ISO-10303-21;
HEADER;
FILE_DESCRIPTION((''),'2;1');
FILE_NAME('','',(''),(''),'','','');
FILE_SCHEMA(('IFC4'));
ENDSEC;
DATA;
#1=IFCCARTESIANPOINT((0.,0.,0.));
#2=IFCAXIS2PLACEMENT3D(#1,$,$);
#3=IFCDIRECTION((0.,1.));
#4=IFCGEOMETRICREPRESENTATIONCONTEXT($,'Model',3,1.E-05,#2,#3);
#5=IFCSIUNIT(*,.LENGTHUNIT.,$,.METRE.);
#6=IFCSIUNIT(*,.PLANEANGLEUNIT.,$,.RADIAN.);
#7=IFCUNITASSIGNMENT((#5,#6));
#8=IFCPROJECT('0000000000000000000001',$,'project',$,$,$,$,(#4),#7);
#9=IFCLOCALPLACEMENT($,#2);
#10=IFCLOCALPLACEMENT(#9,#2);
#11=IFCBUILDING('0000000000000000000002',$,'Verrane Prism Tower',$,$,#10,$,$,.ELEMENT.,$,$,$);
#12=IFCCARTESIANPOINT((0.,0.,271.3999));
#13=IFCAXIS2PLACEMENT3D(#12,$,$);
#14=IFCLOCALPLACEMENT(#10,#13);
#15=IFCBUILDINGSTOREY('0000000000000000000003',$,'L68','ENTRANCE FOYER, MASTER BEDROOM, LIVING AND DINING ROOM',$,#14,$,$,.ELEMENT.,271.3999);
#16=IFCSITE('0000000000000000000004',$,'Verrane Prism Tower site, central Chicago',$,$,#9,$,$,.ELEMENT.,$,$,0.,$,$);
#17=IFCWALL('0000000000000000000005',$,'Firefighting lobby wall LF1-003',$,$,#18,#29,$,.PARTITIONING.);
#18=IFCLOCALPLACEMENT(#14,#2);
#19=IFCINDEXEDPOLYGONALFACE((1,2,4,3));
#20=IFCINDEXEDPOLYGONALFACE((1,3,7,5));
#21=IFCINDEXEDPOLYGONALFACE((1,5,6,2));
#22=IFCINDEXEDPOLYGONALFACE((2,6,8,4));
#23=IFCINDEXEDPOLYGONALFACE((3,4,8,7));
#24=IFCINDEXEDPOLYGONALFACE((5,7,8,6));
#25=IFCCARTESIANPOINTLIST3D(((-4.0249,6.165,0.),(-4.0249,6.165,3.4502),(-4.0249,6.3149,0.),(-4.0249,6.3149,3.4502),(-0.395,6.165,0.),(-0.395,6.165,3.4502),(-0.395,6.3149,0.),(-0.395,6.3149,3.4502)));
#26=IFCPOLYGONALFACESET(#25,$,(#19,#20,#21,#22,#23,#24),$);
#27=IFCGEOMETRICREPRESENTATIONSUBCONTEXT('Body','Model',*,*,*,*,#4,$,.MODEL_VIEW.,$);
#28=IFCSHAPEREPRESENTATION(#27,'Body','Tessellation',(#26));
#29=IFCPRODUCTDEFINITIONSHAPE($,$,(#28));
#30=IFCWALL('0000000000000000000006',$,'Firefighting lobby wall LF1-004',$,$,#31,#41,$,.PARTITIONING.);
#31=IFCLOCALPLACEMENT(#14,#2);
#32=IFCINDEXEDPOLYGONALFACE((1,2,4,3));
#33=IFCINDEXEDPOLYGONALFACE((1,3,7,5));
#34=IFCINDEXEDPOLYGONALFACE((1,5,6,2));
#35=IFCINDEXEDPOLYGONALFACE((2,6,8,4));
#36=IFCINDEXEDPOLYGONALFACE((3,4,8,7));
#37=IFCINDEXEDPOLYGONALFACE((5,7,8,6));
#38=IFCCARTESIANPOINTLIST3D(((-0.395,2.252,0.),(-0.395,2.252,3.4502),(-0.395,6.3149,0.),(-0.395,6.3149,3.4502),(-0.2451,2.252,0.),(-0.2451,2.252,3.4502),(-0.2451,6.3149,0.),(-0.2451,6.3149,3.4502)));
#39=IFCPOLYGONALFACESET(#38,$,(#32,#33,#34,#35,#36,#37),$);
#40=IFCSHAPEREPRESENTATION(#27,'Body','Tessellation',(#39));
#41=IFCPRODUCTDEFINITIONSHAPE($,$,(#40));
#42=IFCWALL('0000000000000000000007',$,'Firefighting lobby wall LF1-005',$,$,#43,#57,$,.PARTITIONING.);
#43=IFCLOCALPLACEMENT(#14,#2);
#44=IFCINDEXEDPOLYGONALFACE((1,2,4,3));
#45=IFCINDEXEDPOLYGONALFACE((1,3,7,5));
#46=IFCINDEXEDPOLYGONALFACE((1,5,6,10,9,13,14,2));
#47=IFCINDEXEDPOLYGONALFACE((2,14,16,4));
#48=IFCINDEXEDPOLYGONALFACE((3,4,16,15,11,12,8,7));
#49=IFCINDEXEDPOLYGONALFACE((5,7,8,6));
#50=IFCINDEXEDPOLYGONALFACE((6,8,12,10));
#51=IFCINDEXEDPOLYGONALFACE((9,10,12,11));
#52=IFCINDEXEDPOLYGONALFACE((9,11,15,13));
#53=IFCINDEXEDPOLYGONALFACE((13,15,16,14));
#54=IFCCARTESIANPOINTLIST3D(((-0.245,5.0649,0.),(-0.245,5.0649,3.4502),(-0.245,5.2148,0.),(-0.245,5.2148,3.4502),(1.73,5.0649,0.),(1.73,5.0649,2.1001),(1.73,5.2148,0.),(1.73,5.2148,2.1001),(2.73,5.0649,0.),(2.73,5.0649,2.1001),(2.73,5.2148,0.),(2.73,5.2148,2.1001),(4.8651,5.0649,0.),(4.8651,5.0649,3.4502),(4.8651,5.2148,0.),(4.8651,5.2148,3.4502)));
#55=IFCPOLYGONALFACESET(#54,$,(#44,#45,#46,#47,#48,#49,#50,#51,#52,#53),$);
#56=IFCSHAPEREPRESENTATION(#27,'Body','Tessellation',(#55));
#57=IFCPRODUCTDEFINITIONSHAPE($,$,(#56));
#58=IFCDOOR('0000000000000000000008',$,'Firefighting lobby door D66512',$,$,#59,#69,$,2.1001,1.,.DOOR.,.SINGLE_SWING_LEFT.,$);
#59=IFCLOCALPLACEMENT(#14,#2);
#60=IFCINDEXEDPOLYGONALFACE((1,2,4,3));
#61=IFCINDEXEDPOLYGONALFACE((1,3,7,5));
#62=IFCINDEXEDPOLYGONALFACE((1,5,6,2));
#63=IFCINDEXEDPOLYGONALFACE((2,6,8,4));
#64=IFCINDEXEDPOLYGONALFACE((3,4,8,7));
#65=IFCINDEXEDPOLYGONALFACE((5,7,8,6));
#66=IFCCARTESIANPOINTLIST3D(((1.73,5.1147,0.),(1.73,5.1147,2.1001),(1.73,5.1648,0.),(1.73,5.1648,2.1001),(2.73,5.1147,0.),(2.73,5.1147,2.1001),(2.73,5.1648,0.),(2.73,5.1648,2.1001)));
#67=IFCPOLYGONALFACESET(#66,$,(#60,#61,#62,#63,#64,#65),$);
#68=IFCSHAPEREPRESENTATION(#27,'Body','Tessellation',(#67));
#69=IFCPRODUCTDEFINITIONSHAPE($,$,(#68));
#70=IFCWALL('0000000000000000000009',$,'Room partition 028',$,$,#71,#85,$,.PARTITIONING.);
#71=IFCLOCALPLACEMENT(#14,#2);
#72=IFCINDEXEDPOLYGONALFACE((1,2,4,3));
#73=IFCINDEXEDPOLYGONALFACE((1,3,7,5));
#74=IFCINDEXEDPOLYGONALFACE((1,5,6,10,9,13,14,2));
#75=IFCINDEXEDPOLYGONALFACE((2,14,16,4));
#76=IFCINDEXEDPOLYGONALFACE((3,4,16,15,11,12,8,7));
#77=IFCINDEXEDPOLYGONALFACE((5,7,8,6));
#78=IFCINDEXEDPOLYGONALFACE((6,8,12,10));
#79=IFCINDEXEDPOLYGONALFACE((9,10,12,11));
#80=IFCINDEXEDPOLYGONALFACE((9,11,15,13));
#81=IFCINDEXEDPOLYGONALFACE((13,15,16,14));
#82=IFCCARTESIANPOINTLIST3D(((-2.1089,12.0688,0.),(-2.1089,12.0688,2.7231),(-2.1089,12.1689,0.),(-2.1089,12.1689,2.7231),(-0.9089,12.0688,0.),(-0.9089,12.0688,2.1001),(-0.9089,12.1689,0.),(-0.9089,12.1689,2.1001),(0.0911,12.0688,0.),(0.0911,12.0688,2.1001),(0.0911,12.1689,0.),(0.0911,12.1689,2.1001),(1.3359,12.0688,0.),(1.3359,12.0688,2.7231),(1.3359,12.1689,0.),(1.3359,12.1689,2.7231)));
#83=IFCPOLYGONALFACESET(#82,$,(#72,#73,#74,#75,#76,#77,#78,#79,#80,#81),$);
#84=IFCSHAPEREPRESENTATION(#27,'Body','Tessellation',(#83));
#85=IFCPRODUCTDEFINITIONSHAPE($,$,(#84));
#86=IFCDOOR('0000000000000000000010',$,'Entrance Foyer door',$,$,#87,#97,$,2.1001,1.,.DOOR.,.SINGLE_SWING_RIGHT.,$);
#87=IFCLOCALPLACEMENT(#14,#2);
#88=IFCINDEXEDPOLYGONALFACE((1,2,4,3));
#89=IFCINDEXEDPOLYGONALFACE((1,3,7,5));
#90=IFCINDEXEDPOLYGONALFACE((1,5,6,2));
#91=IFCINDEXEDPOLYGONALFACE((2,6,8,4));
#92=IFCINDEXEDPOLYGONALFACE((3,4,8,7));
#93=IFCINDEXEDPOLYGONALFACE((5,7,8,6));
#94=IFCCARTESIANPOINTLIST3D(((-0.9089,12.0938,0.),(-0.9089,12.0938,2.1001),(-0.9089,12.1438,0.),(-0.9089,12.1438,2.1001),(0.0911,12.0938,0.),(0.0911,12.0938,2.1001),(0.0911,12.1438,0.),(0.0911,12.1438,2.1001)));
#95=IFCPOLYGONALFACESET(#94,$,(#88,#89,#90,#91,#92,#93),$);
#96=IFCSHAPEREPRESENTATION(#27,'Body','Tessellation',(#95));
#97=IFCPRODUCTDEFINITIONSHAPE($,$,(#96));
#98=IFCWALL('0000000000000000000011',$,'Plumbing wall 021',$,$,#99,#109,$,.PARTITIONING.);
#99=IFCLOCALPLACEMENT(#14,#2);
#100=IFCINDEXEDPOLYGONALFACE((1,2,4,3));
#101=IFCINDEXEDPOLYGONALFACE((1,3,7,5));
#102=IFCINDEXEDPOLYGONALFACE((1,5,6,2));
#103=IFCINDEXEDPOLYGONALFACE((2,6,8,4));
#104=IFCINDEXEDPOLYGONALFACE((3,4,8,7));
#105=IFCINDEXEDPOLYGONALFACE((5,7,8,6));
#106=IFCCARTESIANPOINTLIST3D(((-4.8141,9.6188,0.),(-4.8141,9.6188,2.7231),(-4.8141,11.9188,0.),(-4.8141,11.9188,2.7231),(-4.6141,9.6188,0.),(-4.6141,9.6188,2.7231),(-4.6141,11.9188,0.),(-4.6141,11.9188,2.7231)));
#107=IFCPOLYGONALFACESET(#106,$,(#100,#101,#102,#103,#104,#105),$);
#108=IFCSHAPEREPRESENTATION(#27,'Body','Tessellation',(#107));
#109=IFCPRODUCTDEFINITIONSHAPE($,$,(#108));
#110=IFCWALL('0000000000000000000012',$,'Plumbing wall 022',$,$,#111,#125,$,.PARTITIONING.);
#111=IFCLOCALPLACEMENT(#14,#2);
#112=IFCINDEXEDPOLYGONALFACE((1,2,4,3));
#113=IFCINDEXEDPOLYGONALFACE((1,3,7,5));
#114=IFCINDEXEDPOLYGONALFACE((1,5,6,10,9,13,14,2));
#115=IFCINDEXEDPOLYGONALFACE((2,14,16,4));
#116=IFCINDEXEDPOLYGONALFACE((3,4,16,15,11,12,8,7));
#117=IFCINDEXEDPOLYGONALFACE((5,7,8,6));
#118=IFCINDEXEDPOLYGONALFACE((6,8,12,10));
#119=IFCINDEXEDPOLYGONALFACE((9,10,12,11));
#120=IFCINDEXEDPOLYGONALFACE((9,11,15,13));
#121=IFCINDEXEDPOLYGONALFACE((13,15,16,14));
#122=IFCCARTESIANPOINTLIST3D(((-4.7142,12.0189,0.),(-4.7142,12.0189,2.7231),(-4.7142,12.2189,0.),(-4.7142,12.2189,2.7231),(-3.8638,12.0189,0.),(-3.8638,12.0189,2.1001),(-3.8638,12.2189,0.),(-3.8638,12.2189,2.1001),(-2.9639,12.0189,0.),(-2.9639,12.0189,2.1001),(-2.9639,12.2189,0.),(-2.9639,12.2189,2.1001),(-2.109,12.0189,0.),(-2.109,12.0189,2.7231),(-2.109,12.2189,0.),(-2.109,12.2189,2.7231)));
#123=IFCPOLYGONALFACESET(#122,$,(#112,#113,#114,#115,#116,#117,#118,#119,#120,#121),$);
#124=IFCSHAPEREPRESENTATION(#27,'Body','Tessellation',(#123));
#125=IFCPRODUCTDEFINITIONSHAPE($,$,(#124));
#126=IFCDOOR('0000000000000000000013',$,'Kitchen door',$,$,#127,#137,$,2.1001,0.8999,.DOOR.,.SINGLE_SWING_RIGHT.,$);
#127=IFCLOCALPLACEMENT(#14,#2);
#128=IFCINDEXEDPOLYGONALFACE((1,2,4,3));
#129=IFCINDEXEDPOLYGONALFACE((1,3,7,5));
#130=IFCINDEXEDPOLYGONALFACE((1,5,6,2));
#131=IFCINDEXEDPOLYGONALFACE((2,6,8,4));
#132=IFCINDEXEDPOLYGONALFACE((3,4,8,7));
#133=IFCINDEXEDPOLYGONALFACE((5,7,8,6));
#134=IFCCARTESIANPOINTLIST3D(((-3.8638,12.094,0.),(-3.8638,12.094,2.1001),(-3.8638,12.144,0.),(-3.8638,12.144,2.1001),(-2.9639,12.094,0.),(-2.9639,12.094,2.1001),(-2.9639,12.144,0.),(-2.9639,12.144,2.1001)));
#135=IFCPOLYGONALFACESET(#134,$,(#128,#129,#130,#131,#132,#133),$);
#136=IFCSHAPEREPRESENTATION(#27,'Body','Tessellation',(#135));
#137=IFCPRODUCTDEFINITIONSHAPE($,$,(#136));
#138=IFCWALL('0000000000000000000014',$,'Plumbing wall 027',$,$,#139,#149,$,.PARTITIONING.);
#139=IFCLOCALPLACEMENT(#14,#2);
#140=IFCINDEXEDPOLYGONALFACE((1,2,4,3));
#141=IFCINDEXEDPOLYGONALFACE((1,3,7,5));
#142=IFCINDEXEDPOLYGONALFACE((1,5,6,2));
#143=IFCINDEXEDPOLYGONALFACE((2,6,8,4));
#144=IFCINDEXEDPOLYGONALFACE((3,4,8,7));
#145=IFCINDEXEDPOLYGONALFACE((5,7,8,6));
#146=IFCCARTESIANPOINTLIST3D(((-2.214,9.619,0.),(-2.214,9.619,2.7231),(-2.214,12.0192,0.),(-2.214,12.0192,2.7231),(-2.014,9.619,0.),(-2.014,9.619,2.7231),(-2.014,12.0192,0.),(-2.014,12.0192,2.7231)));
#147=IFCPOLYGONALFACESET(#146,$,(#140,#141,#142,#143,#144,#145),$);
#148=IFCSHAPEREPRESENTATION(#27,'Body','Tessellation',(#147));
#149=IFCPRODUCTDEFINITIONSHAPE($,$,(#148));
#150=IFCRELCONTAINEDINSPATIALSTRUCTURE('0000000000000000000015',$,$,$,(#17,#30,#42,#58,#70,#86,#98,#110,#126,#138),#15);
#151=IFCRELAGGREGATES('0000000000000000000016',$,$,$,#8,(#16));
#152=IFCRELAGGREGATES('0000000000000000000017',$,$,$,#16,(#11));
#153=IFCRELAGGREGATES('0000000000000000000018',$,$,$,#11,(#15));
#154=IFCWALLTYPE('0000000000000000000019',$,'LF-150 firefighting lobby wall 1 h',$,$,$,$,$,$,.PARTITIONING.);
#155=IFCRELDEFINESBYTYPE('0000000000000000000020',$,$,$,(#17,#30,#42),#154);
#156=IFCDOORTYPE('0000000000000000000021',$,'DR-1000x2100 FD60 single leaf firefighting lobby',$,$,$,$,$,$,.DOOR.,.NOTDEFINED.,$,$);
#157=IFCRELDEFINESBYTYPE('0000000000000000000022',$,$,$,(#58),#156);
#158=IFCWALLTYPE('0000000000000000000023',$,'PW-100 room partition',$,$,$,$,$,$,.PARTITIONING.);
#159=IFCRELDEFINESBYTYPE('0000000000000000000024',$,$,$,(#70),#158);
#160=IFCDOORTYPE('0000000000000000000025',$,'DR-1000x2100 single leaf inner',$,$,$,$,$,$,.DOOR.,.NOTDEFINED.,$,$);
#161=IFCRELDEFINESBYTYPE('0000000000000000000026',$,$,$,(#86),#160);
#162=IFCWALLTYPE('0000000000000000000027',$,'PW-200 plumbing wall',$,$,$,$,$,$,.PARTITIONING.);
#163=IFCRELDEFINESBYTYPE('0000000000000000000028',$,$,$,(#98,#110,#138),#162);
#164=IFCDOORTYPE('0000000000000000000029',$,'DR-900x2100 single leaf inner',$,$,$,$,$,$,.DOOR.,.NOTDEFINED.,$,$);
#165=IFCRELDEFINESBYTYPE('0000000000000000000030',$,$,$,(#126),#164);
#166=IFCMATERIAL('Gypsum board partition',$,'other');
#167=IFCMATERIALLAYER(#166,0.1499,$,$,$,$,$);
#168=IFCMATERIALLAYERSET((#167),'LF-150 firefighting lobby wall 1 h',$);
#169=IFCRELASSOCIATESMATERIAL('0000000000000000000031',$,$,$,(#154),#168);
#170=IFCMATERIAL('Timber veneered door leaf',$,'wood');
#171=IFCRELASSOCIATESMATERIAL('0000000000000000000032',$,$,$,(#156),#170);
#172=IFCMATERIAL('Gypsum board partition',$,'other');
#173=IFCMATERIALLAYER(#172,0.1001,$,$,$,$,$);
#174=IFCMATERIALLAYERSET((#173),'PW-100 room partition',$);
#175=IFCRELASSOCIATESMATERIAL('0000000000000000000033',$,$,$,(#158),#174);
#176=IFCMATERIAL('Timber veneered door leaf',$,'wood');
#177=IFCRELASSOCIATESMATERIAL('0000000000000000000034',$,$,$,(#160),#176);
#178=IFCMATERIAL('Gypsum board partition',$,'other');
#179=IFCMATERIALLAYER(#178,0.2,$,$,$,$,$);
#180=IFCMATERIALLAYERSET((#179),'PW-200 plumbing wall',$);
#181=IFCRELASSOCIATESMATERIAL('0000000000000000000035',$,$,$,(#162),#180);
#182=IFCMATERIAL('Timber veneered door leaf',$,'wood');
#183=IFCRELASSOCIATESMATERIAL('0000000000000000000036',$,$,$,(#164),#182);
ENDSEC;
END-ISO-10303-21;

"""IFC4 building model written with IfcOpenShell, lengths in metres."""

from ifc_helpers import new_model, si_unit, direction, frame, frame_2d, origin, place, context, subcontext, project, spatial, rectangle, extrude, material, layer, layer_set, type_object, element, fill, save


model = new_model("IFC4")

# Units and contexts
model_context = context("Model", 3, precision=1e-05, world=origin(), true_north=direction((0.0, 1.0)))
body_context = subcontext(model_context, "Body", "Model", "MODEL_VIEW")
ifc_project = project(units=[si_unit("LENGTHUNIT", "METRE"), si_unit("PLANEANGLEUNIT", "RADIAN")], contexts=[model_context])

# Site, building, storey
site_placement = place(None, origin())
site = spatial("IfcSite", under=ifc_project, at=site_placement, Name="Verrane Prism Tower site, central Chicago", CompositionType="ELEMENT", RefElevation=0.0)
building_placement = place(site_placement, origin())
building = spatial("IfcBuilding", under=site, at=building_placement, Name="Verrane Prism Tower", CompositionType="ELEMENT")
storey_placement = place(building_placement, frame((0.0, 0.0, 271.3999)))
storey = spatial("IfcBuildingStorey", under=building, at=storey_placement, Name="L68", Description="ENTRANCE FOYER, MASTER BEDROOM, LIVING AND DINING ROOM", CompositionType="ELEMENT", Elevation=271.3999)

# Walls
ifc_material_1 = material(Name="Gypsum board partition", Category="other")
ifc_layer_1 = layer(ifc_material_1, 0.1499)
ifc_layer_set_1 = layer_set([ifc_layer_1], Name="LF-150 firefighting lobby wall 1 h")
wall_type_1 = type_object("IfcWallType", Name="LF-150 firefighting lobby wall 1 h", PredefinedType="PARTITIONING", material=ifc_layer_set_1)
wall_1_placement = place(storey_placement, frame((-4.0249, 6.24, 0.0), z_axis=(0.0, 0.0, 1.0), x_axis=(1.0, 0.0, 0.0)))
element("IfcWall", 1, at=wall_1_placement, inside=storey, type_object=wall_type_1, Name="Firefighting lobby wall LF1-003", PredefinedType="PARTITIONING", context=body_context, shape_type="SweptSolid", body=[
    extrude(rectangle(XDim=3.6299, YDim=0.1499, at=frame_2d((1.8149, 0.0))), origin(), (0.0, 0.0, 1.0), 3.4502),
])
wall_2_placement = place(storey_placement, frame((-0.3201, 2.252, 0.0), z_axis=(0.0, 0.0, 1.0), x_axis=(0.0, 1.0, 0.0)))
element("IfcWall", 2, at=wall_2_placement, inside=storey, type_object=wall_type_1, Name="Firefighting lobby wall LF1-004", PredefinedType="PARTITIONING", context=body_context, shape_type="SweptSolid", body=[
    extrude(rectangle(XDim=4.063, YDim=0.1499, at=frame_2d((2.0315, 0.0))), origin(), (0.0, 0.0, 1.0), 3.4502),
])

# Walls, openings, doors
wall_3_placement = place(storey_placement, frame((-0.2451, 5.1399, 0.0), z_axis=(0.0, 0.0, 1.0), x_axis=(1.0, 0.0, 0.0)))
wall_3 = element("IfcWall", 3, at=wall_3_placement, inside=storey, type_object=wall_type_1, Name="Firefighting lobby wall LF1-005", PredefinedType="PARTITIONING", context=body_context, shape_type="SweptSolid", body=[
    extrude(rectangle(XDim=5.1101, YDim=0.1499, at=frame_2d((2.5552, 0.0))), origin(), (0.0, 0.0, 1.0), 3.4502),
])
opening_1_placement = place(wall_3_placement, frame((1.9751, 0.0, 0.0)))
opening_1 = element("IfcOpeningElement", 4, at=opening_1_placement, cuts=wall_3, PredefinedType="OPENING", context=body_context, shape_type="SweptSolid", body=[
    extrude(rectangle(XDim=1.0, YDim=2.1001, at=frame_2d((0.5, 1.05))), frame((0.0, 0.085, 0.0), z_axis=(0.0, -1.0, 0.0), x_axis=(1.0, 0.0, 0.0)), (0.0, 0.0, 1.0), 0.1699),
])
ifc_material_2 = material(Name="Timber veneered door leaf", Category="wood")
door_type_1 = type_object("IfcDoorType", Name="DR-1000x2100 FD60 single leaf firefighting lobby", OperationType="NOTDEFINED", PredefinedType="DOOR", material=ifc_material_2)
door_1_placement = place(opening_1_placement, origin())
door_1 = element("IfcDoor", 5, at=door_1_placement, inside=storey, type_object=door_type_1, Name="Firefighting lobby door D66512", OperationType="SINGLE_SWING_LEFT", OverallHeight=2.1001, OverallWidth=1.0, PredefinedType="DOOR", context=body_context, shape_type="SweptSolid", body=[
    extrude(rectangle(XDim=1.0, YDim=2.1001, at=frame_2d((0.5, 1.05))), frame((0.0, 0.0249, 0.0), z_axis=(0.0, -1.0, 0.0), x_axis=(1.0, 0.0, 0.0)), (0.0, 0.0, 1.0), 0.05),
])
fill(opening_1, door_1)
ifc_material_3 = material(Name="Gypsum board partition", Category="other")
ifc_layer_2 = layer(ifc_material_3, 0.1001)
ifc_layer_set_2 = layer_set([ifc_layer_2], Name="PW-100 room partition")
wall_type_2 = type_object("IfcWallType", Name="PW-100 room partition", PredefinedType="PARTITIONING", material=ifc_layer_set_2)
wall_4_placement = place(storey_placement, frame((-2.1089, 12.1189, 0.0), z_axis=(0.0, 0.0, 1.0), x_axis=(1.0, 0.0, 0.0)))
wall_4 = element("IfcWall", 6, at=wall_4_placement, inside=storey, type_object=wall_type_2, Name="Room partition 028", PredefinedType="PARTITIONING", context=body_context, shape_type="SweptSolid", body=[
    extrude(rectangle(XDim=3.4448, YDim=0.1001, at=frame_2d((1.7224, 0.0))), origin(), (0.0, 0.0, 1.0), 2.7231),
])
opening_2_placement = place(wall_4_placement, frame((1.2, 0.0, 0.0)))
opening_2 = element("IfcOpeningElement", 7, at=opening_2_placement, cuts=wall_4, PredefinedType="OPENING", context=body_context, shape_type="SweptSolid", body=[
    extrude(rectangle(XDim=1.0, YDim=2.1001, at=frame_2d((0.5, 1.05))), frame((0.0, 0.0601, 0.0), z_axis=(0.0, -1.0, 0.0), x_axis=(1.0, 0.0, 0.0)), (0.0, 0.0, 1.0), 0.1201),
])
ifc_material_4 = material(Name="Timber veneered door leaf", Category="wood")
door_type_2 = type_object("IfcDoorType", Name="DR-1000x2100 single leaf inner", OperationType="NOTDEFINED", PredefinedType="DOOR", material=ifc_material_4)
door_2_placement = place(opening_2_placement, origin())
door_2 = element("IfcDoor", 8, at=door_2_placement, inside=storey, type_object=door_type_2, Name="Entrance Foyer door", OperationType="SINGLE_SWING_RIGHT", OverallHeight=2.1001, OverallWidth=1.0, PredefinedType="DOOR", context=body_context, shape_type="SweptSolid", body=[
    extrude(rectangle(XDim=1.0, YDim=2.1001, at=frame_2d((0.5, 1.05))), frame((0.0, 0.0249, 0.0), z_axis=(0.0, -1.0, 0.0), x_axis=(1.0, 0.0, 0.0)), (0.0, 0.0, 1.0), 0.05),
])
fill(opening_2, door_2)

# Wall
ifc_material_5 = material(Name="Gypsum board partition", Category="other")
ifc_layer_3 = layer(ifc_material_5, 0.2)
ifc_layer_set_3 = layer_set([ifc_layer_3], Name="PW-200 plumbing wall")
wall_type_3 = type_object("IfcWallType", Name="PW-200 plumbing wall", PredefinedType="PARTITIONING", material=ifc_layer_set_3)
wall_5_placement = place(storey_placement, frame((-4.7141, 9.6189, 0.0), z_axis=(0.0, 0.0, 1.0), x_axis=(0.0, 1.0, 0.0)))
element("IfcWall", 9, at=wall_5_placement, inside=storey, type_object=wall_type_3, Name="Plumbing wall 021", PredefinedType="PARTITIONING", context=body_context, shape_type="SweptSolid", body=[
    extrude(rectangle(XDim=2.3, YDim=0.2, at=frame_2d((1.1499, 0.0))), origin(), (0.0, 0.0, 1.0), 2.7231),
])

# Wall, opening, door
wall_6_placement = place(storey_placement, frame((-2.1089, 12.1189, 0.0), z_axis=(0.0, 0.0, 1.0), x_axis=(-1.0, 0.0, 0.0)))
wall_6 = element("IfcWall", 10, at=wall_6_placement, inside=storey, type_object=wall_type_3, Name="Plumbing wall 022", PredefinedType="PARTITIONING", context=body_context, shape_type="SweptSolid", body=[
    extrude(rectangle(XDim=2.6052, YDim=0.2, at=frame_2d((1.3027, 0.0))), origin(), (0.0, 0.0, 1.0), 2.7231),
])
opening_3_placement = place(wall_6_placement, frame((0.855, 0.0, 0.0)))
opening_3 = element("IfcOpeningElement", 11, at=opening_3_placement, cuts=wall_6, PredefinedType="OPENING", context=body_context, shape_type="SweptSolid", body=[
    extrude(rectangle(XDim=0.8999, YDim=2.1001, at=frame_2d((0.45, 1.05))), frame((0.0, 0.1099, 0.0), z_axis=(0.0, -1.0, 0.0), x_axis=(1.0, 0.0, 0.0)), (0.0, 0.0, 1.0), 0.22),
])
ifc_material_6 = material(Name="Timber veneered door leaf", Category="wood")
door_type_3 = type_object("IfcDoorType", Name="DR-900x2100 single leaf inner", OperationType="NOTDEFINED", PredefinedType="DOOR", material=ifc_material_6)
door_3_placement = place(opening_3_placement, origin())
door_3 = element("IfcDoor", 12, at=door_3_placement, inside=storey, type_object=door_type_3, Name="Kitchen door", OperationType="SINGLE_SWING_RIGHT", OverallHeight=2.1001, OverallWidth=0.8999, PredefinedType="DOOR", context=body_context, shape_type="SweptSolid", body=[
    extrude(rectangle(XDim=0.8999, YDim=2.1001, at=frame_2d((0.45, 1.05))), frame((0.0, 0.0249, 0.0), z_axis=(0.0, -1.0, 0.0), x_axis=(1.0, 0.0, 0.0)), (0.0, 0.0, 1.0), 0.05),
])
fill(opening_3, door_3)

# Wall
wall_7_placement = place(storey_placement, frame((-2.114, 9.6189, 0.0), z_axis=(0.0, 0.0, 1.0), x_axis=(0.0, 1.0, 0.0)))
element("IfcWall", 13, at=wall_7_placement, inside=storey, type_object=wall_type_3, Name="Plumbing wall 027", PredefinedType="PARTITIONING", context=body_context, shape_type="SweptSolid", body=[
    extrude(rectangle(XDim=2.4001, YDim=0.2, at=frame_2d((1.2002, 0.0))), origin(), (0.0, 0.0, 1.0), 2.7231),
])

save(model, "model.ifc")
